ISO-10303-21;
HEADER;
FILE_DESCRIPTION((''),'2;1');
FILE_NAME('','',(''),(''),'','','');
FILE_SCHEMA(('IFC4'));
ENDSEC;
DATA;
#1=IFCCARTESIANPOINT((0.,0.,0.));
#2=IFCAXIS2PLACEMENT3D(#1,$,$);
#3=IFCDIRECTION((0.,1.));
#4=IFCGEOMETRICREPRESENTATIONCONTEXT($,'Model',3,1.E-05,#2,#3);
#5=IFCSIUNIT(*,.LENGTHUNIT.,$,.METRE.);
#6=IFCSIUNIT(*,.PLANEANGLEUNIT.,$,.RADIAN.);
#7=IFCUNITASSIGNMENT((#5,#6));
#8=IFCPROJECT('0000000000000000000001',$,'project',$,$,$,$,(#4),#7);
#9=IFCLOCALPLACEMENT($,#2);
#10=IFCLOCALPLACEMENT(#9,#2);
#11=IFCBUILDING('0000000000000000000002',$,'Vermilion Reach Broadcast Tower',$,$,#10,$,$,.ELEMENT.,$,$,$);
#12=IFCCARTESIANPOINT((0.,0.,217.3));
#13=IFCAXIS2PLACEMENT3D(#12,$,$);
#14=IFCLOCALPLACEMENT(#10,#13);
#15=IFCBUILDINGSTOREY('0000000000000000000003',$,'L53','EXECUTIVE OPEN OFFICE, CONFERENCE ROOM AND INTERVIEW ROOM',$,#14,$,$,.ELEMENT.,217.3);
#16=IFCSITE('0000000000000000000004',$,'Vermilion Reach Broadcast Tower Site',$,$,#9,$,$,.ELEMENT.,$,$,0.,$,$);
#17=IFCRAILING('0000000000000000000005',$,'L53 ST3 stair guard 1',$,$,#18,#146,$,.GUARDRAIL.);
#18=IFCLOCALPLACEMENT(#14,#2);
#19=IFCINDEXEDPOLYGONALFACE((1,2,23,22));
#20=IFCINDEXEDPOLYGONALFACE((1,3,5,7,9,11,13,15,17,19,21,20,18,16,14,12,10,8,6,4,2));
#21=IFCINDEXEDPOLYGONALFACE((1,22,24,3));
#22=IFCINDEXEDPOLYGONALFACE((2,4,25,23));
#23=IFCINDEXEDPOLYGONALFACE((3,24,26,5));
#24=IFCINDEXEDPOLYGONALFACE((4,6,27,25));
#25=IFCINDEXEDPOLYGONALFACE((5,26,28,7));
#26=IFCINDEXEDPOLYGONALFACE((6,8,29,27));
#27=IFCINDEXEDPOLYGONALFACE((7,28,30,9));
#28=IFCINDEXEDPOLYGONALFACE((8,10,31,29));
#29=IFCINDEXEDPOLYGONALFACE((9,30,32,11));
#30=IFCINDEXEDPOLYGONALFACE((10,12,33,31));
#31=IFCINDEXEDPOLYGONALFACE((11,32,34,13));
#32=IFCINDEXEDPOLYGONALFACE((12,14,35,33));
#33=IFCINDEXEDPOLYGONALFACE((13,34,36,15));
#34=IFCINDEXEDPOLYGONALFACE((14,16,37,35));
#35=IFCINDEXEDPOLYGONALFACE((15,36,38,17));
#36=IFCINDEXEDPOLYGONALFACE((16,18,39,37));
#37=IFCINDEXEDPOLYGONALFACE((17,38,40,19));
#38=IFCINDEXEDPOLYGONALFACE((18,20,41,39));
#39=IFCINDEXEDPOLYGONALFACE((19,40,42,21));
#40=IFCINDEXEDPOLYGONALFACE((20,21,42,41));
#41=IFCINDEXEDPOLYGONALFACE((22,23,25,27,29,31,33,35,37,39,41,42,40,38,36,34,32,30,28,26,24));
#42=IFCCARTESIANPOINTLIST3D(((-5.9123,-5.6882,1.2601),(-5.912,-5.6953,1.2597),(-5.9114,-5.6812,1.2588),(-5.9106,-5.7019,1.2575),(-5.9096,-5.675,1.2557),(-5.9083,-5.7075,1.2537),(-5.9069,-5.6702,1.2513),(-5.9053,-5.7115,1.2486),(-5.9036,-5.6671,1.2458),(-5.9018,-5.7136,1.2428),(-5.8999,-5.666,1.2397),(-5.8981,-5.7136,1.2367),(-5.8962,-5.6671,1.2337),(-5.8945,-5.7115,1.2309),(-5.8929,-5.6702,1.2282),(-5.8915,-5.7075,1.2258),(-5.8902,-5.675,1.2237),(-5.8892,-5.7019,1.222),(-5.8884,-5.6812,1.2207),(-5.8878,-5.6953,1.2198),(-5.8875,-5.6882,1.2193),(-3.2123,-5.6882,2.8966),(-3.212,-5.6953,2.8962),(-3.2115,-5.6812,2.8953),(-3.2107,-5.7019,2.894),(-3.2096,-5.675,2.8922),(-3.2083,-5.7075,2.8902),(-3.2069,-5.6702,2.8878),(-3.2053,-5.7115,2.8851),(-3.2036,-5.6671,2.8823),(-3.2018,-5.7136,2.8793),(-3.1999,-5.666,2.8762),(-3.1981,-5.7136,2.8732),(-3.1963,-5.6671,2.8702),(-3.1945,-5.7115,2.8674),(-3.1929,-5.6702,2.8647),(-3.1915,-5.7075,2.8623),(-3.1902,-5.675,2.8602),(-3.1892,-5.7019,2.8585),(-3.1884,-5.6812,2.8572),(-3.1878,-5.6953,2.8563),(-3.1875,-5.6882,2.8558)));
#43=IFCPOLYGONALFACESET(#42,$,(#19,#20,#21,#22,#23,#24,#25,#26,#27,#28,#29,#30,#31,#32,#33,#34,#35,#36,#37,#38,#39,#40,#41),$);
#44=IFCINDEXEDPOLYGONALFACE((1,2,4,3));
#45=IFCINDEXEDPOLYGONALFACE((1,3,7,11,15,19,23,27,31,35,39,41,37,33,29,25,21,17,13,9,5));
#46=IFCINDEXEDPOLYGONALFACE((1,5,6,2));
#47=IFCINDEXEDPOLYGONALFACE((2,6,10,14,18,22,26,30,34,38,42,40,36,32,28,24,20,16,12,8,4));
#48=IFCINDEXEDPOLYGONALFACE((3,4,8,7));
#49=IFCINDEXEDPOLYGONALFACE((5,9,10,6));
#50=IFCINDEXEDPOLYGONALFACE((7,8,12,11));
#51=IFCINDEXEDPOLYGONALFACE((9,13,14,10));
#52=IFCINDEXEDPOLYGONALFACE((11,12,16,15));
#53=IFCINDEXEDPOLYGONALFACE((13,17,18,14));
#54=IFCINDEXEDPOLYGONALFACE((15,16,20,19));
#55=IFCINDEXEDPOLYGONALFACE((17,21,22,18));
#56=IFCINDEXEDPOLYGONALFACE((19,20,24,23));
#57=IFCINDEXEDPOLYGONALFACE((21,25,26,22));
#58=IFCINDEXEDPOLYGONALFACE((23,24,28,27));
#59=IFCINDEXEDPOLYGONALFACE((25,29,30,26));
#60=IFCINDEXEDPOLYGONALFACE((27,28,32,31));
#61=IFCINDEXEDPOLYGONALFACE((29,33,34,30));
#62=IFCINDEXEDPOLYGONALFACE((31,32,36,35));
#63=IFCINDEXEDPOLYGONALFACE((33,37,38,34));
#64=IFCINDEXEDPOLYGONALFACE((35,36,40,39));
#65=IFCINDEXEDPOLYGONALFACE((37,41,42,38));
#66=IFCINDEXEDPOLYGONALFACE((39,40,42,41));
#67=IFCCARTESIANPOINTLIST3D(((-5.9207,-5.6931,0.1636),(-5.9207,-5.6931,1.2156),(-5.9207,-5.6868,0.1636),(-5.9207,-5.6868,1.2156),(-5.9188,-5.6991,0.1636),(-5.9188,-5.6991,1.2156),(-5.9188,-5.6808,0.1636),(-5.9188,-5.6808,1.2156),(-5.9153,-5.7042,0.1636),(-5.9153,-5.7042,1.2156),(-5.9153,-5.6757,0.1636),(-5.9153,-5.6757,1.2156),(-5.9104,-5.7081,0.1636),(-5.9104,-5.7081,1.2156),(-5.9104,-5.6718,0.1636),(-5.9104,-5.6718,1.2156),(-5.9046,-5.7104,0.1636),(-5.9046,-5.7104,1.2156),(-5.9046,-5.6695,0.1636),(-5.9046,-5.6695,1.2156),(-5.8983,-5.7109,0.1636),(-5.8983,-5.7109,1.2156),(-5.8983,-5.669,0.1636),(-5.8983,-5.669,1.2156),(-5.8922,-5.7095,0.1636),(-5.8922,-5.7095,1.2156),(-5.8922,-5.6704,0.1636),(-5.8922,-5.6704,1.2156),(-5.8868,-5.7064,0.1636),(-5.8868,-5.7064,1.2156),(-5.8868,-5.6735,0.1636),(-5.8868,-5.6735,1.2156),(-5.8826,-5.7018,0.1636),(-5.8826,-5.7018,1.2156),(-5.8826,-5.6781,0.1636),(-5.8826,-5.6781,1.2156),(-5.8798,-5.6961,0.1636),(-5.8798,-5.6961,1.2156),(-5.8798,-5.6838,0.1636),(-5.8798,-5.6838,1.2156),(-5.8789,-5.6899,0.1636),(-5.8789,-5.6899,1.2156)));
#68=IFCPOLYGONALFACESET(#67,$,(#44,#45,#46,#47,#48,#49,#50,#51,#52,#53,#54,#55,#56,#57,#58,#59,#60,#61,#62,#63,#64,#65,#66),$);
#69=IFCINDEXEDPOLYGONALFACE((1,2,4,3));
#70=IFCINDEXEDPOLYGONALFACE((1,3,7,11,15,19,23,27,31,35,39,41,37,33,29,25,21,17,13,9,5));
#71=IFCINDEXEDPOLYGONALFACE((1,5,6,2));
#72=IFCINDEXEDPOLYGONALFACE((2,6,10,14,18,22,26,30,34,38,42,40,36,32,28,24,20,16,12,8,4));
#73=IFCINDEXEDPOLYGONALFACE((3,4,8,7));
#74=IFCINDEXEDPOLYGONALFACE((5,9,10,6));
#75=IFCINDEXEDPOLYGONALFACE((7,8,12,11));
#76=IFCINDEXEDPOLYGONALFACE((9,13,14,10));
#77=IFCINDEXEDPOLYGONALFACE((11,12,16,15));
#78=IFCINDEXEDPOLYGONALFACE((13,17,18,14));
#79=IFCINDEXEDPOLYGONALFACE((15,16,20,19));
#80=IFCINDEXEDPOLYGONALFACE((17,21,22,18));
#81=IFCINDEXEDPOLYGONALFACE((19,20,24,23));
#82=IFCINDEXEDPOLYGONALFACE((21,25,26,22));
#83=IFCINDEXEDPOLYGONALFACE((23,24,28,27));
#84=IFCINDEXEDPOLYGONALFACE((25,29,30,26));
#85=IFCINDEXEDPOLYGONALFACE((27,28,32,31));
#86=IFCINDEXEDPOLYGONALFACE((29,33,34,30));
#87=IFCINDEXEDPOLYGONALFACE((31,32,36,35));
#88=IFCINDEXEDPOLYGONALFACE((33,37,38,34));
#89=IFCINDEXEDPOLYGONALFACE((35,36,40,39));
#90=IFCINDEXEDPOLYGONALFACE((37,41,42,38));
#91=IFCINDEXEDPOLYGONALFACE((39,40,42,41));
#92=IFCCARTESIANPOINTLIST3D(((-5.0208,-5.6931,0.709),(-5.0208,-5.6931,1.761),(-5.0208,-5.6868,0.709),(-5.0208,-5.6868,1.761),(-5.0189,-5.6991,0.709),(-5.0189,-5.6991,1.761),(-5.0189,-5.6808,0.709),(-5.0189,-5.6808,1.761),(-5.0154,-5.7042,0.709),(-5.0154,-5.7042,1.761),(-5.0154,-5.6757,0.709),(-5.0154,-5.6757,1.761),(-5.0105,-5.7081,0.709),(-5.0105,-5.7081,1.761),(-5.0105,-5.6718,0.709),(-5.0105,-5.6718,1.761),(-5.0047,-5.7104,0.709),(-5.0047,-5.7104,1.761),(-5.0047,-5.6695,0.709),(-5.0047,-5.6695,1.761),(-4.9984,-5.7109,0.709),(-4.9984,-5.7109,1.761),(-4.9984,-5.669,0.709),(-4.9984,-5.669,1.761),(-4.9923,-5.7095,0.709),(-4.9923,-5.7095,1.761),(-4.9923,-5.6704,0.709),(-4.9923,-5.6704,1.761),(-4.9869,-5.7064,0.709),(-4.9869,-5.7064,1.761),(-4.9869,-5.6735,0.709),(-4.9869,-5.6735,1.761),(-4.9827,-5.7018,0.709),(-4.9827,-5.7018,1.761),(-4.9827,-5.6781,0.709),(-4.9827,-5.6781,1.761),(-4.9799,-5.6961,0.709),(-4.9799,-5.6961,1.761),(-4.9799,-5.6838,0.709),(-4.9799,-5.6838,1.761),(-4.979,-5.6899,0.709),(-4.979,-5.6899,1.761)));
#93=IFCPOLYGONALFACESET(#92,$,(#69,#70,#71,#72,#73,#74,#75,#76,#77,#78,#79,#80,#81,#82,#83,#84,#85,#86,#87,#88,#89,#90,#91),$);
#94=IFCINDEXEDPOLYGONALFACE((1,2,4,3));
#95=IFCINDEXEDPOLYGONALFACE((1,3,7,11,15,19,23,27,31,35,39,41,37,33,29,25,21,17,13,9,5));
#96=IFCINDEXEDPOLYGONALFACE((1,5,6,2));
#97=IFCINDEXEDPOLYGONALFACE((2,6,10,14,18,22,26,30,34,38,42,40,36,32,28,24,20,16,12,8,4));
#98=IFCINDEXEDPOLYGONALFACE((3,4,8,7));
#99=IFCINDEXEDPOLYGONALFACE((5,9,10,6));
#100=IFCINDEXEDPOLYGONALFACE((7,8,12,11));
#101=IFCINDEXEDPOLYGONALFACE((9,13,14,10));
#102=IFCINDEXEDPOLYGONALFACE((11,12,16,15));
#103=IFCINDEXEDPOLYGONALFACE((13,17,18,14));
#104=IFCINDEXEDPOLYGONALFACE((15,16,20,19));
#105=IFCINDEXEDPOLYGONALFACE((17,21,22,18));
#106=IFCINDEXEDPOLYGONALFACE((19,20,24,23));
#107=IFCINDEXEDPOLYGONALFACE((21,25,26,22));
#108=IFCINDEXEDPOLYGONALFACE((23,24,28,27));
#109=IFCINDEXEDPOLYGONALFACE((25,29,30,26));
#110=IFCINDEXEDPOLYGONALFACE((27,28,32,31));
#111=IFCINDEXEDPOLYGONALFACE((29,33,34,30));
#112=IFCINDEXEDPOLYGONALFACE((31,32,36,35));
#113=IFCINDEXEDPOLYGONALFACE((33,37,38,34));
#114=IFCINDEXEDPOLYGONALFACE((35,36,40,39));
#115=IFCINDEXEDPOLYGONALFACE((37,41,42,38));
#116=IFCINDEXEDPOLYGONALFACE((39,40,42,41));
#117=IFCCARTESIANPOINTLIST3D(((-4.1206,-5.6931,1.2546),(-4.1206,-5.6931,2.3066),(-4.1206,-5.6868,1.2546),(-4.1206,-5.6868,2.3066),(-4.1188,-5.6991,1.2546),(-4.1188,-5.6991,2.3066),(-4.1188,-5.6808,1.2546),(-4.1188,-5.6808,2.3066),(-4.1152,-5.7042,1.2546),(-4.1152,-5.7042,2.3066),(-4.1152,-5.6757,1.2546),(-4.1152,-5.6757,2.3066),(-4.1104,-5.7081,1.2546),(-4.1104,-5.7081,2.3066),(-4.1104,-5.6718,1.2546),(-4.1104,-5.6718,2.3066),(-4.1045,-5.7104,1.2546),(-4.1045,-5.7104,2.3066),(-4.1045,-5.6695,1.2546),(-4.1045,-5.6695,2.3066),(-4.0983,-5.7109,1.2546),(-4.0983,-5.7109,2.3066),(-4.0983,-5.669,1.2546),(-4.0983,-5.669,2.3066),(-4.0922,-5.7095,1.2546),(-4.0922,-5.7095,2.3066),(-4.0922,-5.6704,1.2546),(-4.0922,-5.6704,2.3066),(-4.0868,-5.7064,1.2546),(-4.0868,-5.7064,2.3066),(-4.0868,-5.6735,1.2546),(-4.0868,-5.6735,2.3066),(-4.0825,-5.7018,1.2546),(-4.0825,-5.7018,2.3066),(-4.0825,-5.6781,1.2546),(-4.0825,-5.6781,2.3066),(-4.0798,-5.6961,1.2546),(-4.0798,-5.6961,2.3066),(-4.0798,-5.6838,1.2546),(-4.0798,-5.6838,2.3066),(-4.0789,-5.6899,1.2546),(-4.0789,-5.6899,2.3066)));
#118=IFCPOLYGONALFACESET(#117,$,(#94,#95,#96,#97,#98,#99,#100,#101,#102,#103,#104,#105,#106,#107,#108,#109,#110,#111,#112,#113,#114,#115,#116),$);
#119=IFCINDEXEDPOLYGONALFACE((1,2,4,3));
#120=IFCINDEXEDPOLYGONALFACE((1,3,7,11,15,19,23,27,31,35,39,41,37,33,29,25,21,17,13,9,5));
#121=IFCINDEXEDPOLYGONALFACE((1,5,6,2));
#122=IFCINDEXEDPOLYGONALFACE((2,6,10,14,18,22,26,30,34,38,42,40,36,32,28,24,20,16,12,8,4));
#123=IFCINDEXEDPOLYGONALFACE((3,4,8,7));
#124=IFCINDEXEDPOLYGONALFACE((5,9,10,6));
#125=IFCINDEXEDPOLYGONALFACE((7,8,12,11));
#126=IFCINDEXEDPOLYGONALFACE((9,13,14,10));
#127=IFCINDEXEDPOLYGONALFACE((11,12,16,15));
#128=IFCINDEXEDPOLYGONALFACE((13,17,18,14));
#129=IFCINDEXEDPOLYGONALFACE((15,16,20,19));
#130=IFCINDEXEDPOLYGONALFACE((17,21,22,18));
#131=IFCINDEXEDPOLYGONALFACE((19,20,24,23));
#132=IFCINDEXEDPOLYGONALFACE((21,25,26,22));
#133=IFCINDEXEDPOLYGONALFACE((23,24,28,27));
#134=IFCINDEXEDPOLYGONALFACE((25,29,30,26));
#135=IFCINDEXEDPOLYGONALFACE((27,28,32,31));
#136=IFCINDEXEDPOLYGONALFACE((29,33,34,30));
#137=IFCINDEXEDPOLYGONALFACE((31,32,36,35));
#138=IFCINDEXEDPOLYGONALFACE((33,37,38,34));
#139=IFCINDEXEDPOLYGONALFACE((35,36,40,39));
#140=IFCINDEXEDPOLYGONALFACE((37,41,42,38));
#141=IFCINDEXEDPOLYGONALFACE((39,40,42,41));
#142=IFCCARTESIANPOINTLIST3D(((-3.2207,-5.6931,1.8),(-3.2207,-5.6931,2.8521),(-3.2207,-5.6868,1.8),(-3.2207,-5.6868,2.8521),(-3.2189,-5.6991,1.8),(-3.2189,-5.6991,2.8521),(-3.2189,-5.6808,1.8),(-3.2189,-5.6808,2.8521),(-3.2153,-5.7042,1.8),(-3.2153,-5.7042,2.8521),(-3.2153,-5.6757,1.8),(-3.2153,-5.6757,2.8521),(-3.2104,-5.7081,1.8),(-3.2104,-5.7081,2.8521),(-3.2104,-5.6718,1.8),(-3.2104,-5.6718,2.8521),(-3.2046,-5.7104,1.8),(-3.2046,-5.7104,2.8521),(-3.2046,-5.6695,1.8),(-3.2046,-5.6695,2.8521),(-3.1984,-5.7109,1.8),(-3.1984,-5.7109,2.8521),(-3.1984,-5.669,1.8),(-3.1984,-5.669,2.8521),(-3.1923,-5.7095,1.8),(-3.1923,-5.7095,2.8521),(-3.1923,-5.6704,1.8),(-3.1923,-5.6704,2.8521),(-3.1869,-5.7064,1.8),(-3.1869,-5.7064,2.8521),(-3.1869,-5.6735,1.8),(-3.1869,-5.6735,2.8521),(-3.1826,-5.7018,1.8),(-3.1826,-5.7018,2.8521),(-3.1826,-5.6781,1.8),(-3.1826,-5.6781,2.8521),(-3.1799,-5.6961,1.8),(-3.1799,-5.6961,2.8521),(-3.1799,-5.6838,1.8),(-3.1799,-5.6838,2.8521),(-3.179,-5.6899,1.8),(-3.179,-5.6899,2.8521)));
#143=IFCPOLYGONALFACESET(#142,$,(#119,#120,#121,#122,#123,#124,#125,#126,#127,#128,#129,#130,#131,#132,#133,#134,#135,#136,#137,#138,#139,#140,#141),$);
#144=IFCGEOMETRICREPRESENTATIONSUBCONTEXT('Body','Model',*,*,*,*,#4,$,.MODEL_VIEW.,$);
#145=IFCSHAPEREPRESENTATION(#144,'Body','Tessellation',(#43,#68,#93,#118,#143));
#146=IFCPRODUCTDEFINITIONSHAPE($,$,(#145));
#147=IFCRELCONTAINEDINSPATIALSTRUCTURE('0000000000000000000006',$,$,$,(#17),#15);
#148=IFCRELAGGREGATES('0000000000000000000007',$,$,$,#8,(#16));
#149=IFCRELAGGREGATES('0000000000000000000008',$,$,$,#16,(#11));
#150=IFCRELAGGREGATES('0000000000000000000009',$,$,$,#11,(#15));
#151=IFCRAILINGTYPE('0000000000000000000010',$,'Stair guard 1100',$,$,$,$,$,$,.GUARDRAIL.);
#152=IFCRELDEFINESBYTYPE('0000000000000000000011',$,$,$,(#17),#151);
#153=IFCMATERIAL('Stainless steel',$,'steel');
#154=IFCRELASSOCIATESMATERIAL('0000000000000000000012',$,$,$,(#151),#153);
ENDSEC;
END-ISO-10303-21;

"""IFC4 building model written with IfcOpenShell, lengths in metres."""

from ifc_helpers import new_model, si_unit, direction, frame, origin, origin_2d, place, context, subcontext, project, spatial, circle, extrude, material, type_object, element, save


model = new_model("IFC4")

# Units and contexts
model_context = context("Model", 3, precision=1e-05, world=origin(), true_north=direction((0.0, 1.0)))
body_context = subcontext(model_context, "Body", "Model", "MODEL_VIEW")
ifc_project = project(units=[si_unit("LENGTHUNIT", "METRE"), si_unit("PLANEANGLEUNIT", "RADIAN")], contexts=[model_context])

# Site, building, storey
site_placement = place(None, origin())
site = spatial("IfcSite", under=ifc_project, at=site_placement, Name="Vermilion Reach Broadcast Tower Site", CompositionType="ELEMENT", RefElevation=0.0)
building_placement = place(site_placement, origin())
building = spatial("IfcBuilding", under=site, at=building_placement, Name="Vermilion Reach Broadcast Tower", CompositionType="ELEMENT")
storey_placement = place(building_placement, frame((0.0, 0.0, 217.3)))
storey = spatial("IfcBuildingStorey", under=building, at=storey_placement, Name="L53", Description="EXECUTIVE OPEN OFFICE, CONFERENCE ROOM AND INTERVIEW ROOM", CompositionType="ELEMENT", Elevation=217.3)

# Railing
ifc_material_1 = material(Name="Stainless steel", Category="steel")
railing_type_1 = type_object("IfcRailingType", Name="Stair guard 1100", PredefinedType="GUARDRAIL", material=ifc_material_1)
railing_1_placement = place(storey_placement, frame((-5.8999, -5.6899, 0.1636)))
element("IfcRailing", 1, at=railing_1_placement, inside=storey, type_object=railing_type_1, Name="L53 ST3 stair guard 1", PredefinedType="GUARDRAIL", context=body_context, shape_type="SweptSolid", body=[
    extrude(circle(Radius=0.0239, at=origin_2d()), frame((0.0, 0.0, 1.0762), z_axis=(0.855178, 0.0, 0.518334), x_axis=(0.0, 1.0, 0.0)), (0.0, 0.0, 1.0), 3.1572),
    extrude(circle(Radius=0.021, at=origin_2d()), origin(), (0.0, 0.0, 1.0), 1.052),
    extrude(circle(Radius=0.021, at=origin_2d()), frame((0.8999, 0.0, 0.5454)), (0.0, 0.0, 1.0), 1.052),
    extrude(circle(Radius=0.021, at=origin_2d()), frame((1.8, 0.0, 1.0911)), (0.0, 0.0, 1.0), 1.052),
    extrude(circle(Radius=0.021, at=origin_2d()), frame((2.7, 0.0, 1.6365)), (0.0, 0.0, 1.0), 1.052),
])

save(model, "model.ifc")
